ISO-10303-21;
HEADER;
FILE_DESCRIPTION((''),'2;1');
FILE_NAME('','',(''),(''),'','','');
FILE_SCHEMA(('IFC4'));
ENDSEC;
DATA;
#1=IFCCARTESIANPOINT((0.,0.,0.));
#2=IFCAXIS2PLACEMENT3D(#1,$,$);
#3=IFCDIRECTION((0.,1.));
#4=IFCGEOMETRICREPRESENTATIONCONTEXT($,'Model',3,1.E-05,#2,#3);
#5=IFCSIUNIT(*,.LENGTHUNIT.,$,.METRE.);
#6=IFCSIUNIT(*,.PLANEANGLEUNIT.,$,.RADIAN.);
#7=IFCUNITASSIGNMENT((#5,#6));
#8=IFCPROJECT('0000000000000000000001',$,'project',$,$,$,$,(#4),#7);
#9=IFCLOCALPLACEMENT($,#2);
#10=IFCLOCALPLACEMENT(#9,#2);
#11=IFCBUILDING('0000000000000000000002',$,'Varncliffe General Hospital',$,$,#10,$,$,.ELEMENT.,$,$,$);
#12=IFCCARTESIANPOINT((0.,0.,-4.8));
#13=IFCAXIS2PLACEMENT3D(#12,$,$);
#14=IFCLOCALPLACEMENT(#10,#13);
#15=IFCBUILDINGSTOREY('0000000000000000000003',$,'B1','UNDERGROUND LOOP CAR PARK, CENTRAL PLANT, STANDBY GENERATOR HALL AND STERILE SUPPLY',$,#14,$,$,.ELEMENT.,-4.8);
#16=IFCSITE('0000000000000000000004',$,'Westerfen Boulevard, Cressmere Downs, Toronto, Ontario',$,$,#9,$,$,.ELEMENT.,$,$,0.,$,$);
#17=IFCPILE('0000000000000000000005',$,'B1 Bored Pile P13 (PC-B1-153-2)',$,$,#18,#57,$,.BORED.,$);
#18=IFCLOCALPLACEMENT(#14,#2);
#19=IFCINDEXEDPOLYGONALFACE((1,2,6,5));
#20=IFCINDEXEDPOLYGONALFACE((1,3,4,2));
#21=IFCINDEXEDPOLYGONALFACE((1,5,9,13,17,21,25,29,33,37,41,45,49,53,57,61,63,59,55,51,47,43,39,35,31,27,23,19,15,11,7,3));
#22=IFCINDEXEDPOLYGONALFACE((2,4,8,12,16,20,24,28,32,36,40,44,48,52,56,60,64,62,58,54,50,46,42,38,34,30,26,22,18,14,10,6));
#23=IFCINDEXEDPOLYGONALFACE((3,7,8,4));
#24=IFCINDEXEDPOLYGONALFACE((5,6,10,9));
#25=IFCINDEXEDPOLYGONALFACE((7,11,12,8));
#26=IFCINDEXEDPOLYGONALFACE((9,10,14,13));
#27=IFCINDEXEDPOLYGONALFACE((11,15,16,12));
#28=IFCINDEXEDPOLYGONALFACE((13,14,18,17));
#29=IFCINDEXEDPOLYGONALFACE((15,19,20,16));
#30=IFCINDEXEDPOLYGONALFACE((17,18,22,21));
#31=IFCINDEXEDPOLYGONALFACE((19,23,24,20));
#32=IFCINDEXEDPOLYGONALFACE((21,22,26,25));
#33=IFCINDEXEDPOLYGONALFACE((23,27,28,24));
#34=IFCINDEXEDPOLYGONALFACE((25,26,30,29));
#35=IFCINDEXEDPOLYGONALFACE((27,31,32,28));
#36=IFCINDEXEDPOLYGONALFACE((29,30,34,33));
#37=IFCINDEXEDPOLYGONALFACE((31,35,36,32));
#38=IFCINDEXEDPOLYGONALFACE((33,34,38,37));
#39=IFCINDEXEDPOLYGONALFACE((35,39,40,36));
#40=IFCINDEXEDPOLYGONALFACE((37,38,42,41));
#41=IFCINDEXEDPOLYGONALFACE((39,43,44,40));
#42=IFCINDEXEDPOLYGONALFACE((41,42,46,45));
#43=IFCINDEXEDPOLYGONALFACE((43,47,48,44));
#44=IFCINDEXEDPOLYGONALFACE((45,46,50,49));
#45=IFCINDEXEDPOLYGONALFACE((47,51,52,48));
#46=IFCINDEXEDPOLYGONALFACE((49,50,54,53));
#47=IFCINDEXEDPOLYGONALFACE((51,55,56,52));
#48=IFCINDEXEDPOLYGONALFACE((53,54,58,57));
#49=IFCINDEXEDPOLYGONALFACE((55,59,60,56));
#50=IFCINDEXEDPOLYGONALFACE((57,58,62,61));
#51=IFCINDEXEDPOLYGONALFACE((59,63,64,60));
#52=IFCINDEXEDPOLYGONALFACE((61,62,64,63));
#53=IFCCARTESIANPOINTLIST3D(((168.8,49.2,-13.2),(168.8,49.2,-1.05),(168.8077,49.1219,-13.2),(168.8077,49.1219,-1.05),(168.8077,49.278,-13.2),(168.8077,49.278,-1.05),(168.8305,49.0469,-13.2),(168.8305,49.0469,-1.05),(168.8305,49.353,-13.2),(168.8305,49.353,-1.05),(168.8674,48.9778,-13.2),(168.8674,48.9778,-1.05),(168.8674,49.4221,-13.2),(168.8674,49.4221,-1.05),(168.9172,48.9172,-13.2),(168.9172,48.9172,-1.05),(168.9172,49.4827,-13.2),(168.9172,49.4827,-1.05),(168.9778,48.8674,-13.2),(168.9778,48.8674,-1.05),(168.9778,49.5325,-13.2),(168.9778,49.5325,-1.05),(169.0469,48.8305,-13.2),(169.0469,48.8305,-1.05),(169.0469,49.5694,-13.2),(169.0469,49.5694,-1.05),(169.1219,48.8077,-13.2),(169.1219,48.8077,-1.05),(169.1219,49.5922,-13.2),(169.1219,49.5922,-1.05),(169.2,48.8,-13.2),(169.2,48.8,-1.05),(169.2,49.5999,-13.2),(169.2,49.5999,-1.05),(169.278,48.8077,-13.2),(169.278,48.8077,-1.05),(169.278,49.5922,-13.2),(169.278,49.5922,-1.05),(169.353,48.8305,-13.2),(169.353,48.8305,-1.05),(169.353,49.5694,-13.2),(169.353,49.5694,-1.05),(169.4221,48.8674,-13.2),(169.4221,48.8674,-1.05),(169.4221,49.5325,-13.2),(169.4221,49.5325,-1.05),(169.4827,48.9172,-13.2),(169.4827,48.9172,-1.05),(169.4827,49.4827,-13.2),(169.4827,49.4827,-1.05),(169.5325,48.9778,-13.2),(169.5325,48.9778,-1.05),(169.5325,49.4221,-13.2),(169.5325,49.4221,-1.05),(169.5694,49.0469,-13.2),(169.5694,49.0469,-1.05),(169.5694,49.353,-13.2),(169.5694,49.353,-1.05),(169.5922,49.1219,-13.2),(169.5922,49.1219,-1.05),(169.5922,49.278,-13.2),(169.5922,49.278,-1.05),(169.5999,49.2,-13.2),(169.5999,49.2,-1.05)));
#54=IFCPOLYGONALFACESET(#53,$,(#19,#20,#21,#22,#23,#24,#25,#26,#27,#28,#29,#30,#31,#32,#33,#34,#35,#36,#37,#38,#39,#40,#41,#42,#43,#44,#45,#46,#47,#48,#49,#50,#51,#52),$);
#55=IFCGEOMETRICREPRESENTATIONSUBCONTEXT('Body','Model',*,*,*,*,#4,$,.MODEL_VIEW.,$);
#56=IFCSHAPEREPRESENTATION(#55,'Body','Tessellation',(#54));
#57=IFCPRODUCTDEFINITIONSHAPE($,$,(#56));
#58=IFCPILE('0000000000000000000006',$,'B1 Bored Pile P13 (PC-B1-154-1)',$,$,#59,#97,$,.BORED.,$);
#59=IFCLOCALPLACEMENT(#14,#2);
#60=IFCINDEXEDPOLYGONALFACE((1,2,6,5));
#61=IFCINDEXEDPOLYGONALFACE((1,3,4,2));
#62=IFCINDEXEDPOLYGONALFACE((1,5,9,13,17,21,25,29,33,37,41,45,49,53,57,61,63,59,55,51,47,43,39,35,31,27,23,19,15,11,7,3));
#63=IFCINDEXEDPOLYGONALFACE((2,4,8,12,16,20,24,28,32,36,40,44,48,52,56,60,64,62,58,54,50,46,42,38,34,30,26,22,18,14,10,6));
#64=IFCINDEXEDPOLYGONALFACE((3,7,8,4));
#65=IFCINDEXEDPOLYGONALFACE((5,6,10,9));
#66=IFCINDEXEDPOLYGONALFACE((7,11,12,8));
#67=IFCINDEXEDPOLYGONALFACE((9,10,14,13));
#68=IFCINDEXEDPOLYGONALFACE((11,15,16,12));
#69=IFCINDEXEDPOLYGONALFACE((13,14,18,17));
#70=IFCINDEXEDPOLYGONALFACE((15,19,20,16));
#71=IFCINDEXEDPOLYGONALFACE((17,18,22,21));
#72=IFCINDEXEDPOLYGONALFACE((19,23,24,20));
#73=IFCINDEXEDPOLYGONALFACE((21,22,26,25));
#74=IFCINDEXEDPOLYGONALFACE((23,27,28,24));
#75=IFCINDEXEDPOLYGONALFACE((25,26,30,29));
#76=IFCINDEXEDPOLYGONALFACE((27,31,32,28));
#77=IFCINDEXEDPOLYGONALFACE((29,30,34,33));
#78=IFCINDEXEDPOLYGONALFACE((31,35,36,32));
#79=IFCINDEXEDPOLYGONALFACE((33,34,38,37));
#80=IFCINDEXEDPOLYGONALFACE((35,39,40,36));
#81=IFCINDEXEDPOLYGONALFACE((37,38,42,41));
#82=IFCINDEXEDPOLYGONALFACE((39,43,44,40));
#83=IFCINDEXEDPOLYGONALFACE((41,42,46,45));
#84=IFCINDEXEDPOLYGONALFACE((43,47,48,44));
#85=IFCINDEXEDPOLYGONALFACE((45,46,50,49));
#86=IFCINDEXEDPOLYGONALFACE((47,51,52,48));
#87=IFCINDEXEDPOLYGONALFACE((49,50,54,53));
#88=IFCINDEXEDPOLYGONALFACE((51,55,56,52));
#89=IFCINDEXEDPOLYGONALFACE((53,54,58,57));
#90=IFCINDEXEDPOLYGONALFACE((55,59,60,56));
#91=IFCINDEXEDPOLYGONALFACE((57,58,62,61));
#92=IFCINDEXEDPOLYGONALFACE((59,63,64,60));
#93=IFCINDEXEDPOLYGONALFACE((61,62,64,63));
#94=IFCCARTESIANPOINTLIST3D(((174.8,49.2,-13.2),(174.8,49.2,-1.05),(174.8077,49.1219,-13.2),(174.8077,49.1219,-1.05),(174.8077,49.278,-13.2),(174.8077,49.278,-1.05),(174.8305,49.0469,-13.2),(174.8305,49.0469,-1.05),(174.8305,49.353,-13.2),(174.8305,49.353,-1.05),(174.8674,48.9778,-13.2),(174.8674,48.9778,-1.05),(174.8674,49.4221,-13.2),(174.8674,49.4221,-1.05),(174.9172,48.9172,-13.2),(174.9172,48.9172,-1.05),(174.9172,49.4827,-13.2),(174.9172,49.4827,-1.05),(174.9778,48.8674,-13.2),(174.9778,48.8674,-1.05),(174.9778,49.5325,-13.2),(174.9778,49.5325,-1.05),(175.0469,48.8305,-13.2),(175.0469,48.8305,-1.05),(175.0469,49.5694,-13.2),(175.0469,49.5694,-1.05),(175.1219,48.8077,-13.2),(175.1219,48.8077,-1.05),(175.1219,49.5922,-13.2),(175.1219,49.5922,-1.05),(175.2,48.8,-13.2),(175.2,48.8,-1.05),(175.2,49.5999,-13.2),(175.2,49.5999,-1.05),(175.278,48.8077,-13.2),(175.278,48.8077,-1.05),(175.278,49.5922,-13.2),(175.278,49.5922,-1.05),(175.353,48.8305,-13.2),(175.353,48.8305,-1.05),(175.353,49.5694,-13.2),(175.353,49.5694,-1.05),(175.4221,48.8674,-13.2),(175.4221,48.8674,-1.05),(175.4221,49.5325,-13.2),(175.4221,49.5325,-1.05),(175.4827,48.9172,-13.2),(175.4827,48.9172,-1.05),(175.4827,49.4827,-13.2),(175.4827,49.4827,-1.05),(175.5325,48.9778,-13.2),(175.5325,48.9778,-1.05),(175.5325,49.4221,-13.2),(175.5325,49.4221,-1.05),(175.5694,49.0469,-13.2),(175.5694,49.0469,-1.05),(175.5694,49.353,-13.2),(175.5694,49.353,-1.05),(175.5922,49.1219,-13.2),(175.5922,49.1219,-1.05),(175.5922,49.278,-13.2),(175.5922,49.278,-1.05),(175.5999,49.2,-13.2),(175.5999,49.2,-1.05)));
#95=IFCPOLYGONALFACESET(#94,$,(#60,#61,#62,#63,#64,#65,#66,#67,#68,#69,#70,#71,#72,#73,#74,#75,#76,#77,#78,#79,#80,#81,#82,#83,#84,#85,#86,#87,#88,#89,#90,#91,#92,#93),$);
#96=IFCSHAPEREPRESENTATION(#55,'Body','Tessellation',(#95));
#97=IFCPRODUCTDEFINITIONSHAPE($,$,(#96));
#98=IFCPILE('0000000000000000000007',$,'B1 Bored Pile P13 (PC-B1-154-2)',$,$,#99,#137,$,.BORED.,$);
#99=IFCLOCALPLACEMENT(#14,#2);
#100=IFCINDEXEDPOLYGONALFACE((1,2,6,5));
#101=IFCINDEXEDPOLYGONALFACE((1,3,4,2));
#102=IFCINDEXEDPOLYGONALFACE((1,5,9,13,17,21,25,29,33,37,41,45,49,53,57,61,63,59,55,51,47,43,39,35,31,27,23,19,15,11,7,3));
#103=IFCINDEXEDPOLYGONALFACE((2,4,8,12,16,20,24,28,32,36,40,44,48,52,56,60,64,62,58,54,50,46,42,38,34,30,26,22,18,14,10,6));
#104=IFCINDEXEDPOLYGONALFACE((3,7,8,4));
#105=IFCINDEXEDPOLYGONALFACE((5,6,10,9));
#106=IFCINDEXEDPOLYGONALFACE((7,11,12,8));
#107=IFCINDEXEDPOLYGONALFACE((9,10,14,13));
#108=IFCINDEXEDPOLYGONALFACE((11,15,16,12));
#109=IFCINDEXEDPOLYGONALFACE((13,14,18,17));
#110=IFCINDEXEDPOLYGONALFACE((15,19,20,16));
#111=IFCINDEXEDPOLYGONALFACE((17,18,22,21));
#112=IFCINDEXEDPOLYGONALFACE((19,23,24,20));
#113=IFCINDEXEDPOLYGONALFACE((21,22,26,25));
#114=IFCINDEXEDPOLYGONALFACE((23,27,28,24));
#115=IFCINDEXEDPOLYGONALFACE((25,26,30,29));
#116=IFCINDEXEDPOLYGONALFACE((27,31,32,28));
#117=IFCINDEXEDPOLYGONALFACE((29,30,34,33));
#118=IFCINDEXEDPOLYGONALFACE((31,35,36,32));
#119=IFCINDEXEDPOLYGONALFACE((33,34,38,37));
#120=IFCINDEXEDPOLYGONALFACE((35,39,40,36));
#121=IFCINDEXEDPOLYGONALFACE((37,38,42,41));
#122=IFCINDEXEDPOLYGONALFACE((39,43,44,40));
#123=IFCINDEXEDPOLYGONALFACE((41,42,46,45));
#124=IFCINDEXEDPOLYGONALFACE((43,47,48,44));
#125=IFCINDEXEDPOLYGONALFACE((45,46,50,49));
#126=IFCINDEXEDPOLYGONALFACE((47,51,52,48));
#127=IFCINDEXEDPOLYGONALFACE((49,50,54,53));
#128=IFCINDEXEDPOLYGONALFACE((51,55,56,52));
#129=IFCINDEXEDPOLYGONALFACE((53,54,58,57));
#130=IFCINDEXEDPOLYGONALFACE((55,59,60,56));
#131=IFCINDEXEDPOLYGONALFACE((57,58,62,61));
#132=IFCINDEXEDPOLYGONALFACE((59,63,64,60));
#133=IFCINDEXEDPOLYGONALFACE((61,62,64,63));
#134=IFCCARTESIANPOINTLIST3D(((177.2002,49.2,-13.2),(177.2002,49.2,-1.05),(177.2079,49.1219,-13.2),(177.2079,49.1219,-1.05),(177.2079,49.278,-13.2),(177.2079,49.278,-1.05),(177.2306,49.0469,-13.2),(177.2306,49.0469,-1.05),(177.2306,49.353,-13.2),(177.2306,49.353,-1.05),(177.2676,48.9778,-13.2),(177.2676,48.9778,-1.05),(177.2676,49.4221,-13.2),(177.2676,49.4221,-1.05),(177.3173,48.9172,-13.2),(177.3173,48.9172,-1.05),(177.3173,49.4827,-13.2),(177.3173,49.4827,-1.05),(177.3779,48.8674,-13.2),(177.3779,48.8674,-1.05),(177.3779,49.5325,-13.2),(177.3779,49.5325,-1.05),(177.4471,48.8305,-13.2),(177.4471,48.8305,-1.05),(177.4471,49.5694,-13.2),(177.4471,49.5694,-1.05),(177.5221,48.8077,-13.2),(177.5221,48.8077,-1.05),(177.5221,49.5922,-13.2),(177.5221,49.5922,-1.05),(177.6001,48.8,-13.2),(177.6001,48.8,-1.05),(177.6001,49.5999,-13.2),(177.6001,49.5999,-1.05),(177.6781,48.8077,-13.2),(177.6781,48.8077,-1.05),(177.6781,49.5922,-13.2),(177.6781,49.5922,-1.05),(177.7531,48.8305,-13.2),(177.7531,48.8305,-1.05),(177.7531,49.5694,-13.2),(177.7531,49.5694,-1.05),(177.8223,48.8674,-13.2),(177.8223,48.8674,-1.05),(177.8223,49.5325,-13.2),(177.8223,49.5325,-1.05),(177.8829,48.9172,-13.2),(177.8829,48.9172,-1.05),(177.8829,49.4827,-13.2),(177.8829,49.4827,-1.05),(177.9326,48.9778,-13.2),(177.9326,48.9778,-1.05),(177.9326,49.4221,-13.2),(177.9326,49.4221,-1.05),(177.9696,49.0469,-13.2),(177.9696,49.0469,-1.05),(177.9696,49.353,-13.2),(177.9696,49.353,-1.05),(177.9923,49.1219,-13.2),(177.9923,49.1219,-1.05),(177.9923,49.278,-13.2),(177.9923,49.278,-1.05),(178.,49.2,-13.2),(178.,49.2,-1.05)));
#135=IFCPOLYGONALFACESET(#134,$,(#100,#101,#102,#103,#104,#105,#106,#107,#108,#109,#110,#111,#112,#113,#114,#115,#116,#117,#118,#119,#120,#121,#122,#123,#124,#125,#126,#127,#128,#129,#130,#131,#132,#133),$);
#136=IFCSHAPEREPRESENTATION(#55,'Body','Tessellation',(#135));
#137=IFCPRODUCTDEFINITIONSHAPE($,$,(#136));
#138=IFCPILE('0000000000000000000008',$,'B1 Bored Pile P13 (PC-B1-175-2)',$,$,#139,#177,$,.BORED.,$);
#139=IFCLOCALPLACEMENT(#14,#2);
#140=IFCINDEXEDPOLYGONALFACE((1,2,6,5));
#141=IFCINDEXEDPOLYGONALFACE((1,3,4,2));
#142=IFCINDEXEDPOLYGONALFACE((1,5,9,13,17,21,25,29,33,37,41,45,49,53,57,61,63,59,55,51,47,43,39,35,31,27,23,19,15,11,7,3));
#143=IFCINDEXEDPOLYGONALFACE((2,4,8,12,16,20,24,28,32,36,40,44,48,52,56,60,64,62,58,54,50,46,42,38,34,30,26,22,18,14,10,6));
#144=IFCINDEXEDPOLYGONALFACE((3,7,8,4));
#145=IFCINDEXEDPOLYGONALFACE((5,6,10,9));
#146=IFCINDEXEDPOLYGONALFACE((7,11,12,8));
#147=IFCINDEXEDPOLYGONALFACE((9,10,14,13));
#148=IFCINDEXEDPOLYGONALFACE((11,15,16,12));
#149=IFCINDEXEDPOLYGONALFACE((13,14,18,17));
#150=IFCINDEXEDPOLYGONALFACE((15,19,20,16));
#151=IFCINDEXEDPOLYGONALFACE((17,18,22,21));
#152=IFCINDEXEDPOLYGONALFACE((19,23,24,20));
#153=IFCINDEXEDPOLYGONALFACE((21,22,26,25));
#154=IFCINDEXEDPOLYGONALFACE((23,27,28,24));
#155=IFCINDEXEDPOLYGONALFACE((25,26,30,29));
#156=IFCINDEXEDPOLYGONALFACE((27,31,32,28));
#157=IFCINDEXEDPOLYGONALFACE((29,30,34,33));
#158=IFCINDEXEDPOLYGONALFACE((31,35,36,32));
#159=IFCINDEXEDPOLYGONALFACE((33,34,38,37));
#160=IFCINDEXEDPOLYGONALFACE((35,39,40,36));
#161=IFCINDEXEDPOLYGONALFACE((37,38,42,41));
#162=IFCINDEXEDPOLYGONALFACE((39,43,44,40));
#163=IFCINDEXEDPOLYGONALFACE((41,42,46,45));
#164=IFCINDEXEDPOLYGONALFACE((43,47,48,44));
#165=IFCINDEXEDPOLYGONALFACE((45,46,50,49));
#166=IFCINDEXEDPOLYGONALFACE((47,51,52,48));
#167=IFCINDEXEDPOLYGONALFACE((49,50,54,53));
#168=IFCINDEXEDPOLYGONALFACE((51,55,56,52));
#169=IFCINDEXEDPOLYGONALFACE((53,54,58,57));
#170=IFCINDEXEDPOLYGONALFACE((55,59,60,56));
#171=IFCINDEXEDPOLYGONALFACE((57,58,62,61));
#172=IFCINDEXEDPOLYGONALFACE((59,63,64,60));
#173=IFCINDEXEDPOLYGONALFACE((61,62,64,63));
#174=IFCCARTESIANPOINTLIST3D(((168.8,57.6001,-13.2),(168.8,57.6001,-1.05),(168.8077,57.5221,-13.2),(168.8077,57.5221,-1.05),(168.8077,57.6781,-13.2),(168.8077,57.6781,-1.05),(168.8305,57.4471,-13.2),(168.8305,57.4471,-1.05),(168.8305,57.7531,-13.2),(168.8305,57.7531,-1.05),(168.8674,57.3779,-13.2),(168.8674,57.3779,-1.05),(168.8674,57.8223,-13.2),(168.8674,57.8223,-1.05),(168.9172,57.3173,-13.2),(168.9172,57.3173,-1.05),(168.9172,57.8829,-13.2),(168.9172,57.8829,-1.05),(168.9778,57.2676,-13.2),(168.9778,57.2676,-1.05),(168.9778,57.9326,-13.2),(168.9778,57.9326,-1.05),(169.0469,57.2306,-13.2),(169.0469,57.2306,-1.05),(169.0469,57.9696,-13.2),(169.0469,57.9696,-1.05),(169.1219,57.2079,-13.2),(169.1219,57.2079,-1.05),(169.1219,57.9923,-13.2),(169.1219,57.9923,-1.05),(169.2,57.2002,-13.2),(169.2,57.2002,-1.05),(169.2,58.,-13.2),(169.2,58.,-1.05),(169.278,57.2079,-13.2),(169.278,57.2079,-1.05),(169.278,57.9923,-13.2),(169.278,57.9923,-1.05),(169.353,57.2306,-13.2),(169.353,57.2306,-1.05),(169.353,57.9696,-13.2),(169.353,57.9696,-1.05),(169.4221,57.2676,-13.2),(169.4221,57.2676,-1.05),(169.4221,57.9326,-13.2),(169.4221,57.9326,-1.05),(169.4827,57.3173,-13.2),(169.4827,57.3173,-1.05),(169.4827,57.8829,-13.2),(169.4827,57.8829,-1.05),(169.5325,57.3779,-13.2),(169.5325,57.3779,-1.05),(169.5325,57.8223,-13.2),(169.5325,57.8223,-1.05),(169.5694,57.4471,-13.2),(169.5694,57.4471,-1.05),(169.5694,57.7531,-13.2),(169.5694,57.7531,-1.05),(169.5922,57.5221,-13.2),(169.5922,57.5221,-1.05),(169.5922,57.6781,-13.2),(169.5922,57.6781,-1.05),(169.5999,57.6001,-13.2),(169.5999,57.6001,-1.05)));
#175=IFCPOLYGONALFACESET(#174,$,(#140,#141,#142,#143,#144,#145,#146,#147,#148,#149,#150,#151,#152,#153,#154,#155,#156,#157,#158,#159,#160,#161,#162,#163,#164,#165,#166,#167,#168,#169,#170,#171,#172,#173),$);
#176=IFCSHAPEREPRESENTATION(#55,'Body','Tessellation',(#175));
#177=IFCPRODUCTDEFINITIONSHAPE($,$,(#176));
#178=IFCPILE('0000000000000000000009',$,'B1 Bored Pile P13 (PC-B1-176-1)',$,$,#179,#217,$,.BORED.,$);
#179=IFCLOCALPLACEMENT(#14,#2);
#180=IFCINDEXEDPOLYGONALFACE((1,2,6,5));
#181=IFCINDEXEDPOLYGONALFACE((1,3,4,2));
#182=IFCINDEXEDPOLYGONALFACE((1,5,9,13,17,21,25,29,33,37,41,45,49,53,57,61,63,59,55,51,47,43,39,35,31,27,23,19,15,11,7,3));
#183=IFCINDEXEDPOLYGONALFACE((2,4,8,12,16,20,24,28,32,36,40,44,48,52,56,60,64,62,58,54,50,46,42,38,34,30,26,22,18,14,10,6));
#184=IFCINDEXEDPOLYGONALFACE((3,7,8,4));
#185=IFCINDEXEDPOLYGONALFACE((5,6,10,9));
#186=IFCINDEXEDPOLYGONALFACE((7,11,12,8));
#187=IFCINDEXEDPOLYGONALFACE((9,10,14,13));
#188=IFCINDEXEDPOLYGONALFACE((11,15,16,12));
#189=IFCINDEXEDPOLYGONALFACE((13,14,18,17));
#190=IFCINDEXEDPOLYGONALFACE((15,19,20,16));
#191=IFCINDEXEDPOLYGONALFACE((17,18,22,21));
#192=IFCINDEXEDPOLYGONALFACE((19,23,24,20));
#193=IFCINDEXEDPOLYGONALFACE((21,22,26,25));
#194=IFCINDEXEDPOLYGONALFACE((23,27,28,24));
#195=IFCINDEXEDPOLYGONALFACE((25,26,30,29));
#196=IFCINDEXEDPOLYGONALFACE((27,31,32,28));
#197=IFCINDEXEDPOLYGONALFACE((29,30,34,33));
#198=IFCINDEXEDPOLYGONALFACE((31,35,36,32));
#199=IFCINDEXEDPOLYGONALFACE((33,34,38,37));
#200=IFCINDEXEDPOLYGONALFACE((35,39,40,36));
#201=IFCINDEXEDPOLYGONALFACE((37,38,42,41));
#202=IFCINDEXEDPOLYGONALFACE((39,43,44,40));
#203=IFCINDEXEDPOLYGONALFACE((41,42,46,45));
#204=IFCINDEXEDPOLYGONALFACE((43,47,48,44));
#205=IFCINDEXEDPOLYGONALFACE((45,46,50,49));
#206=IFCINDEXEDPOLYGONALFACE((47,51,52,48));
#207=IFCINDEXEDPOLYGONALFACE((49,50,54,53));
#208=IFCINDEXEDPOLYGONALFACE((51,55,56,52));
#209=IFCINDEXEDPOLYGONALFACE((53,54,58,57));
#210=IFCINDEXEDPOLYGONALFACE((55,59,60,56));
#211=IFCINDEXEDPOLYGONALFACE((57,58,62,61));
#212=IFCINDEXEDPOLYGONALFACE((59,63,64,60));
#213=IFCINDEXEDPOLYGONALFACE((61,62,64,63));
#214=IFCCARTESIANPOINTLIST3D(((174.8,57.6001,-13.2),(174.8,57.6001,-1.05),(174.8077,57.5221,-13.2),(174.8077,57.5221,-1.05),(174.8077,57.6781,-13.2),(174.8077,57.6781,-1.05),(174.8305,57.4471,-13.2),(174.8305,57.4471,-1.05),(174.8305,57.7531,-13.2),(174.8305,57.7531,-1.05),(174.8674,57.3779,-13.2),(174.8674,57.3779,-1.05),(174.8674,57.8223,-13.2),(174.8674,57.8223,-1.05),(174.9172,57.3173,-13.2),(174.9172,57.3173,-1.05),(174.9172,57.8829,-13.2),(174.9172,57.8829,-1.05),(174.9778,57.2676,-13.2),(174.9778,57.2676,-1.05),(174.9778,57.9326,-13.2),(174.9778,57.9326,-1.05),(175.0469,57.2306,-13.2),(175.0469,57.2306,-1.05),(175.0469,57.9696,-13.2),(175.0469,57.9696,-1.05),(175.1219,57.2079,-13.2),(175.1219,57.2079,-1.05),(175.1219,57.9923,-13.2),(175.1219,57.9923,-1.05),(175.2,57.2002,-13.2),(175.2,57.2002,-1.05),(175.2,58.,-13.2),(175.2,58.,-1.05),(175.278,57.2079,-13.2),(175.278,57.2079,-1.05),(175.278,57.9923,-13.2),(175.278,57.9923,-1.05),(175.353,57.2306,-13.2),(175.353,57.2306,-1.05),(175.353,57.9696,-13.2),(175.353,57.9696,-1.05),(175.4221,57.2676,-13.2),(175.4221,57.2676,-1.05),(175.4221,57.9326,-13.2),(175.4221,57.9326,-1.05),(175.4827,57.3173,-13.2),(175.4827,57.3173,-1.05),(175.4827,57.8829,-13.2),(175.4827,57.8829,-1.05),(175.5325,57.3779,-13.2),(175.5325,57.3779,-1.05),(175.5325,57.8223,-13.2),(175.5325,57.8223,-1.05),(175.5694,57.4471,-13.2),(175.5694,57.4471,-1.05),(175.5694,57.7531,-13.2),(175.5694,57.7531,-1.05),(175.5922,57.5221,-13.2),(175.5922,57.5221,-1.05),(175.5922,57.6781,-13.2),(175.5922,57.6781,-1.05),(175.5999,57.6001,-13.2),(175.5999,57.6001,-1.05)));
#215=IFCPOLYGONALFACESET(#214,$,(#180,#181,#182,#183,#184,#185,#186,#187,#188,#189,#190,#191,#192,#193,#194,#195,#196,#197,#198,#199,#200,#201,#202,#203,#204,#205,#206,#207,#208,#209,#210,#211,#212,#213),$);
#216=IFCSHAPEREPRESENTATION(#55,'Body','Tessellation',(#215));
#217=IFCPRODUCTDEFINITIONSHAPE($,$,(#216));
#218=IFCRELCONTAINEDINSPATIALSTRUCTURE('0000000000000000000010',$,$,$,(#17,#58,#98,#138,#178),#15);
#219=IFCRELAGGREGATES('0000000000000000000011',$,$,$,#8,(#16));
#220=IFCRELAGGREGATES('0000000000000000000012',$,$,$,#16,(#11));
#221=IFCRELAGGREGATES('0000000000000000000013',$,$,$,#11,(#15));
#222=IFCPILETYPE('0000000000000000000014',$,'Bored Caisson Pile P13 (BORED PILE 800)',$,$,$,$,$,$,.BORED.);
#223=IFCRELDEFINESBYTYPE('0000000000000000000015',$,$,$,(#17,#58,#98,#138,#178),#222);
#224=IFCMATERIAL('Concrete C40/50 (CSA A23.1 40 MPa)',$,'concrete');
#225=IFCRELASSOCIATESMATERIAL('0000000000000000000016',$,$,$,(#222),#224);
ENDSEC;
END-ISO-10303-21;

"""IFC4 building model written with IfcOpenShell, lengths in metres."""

from ifc_helpers import new_model, si_unit, direction, frame, origin, origin_2d, place, context, subcontext, project, spatial, circle, extrude, material, material_profile, profile_set, type_object, element, save


model = new_model("IFC4")

# Units and contexts
model_context = context("Model", 3, precision=1e-05, world=origin(), true_north=direction((0.0, 1.0)))
body_context = subcontext(model_context, "Body", "Model", "MODEL_VIEW")
ifc_project = project(units=[si_unit("LENGTHUNIT", "METRE"), si_unit("PLANEANGLEUNIT", "RADIAN")], contexts=[model_context])

# Site, building, storey
site_placement = place(None, origin())
site = spatial("IfcSite", under=ifc_project, at=site_placement, Name="Westerfen Boulevard, Cressmere Downs, Toronto, Ontario", CompositionType="ELEMENT", RefElevation=0.0)
building_placement = place(site_placement, origin())
building = spatial("IfcBuilding", under=site, at=building_placement, Name="Varncliffe General Hospital", CompositionType="ELEMENT")
storey_placement = place(building_placement, frame((0.0, 0.0, -4.8)))
storey = spatial("IfcBuildingStorey", under=building, at=storey_placement, Name="B1", Description="UNDERGROUND LOOP CAR PARK, CENTRAL PLANT, STANDBY GENERATOR HALL AND STERILE SUPPLY", CompositionType="ELEMENT", Elevation=-4.8)

# Piles
ifc_material_1 = material(Name="Concrete C40/50 (CSA A23.1 40 MPa)", Category="concrete")
ifc_material_profile_1 = material_profile(ifc_material_1, circle(Radius=0.3999, at=origin_2d()), Name="BORED PILE 800")
ifc_profile_set_1 = profile_set([ifc_material_profile_1], Name="Concrete C40/50 (CSA A23.1 40 MPa)")
pile_type = type_object("IfcPileType", Name="Bored Caisson Pile P13 (BORED PILE 800)", PredefinedType="BORED", material=ifc_profile_set_1)
for number, where, z_axis, x_axis, name in (
    (1, (169.2, 49.2, -1.05), (0.0, 0.0, -1.0), (1.0, 0.0, 0.0), "B1 Bored Pile P13 (PC-B1-153-2)"),
    (2, (175.2, 49.2, -1.05), (0.0, 0.0, -1.0), (1.0, 0.0, 0.0), "B1 Bored Pile P13 (PC-B1-154-1)"),
    (3, (177.6001, 49.2, -1.05), (0.0, 0.0, -1.0), (1.0, 0.0, 0.0), "B1 Bored Pile P13 (PC-B1-154-2)"),
    (4, (169.2, 57.6001, -1.05), (0.0, 0.0, -1.0), (1.0, 0.0, 0.0), "B1 Bored Pile P13 (PC-B1-175-2)"),
    (5, (175.2, 57.6001, -1.05), (0.0, 0.0, -1.0), (1.0, 0.0, 0.0), "B1 Bored Pile P13 (PC-B1-176-1)"),
):
    element("IfcPile", number, at=place(storey_placement, frame(where, z_axis=z_axis, x_axis=x_axis)), inside=storey, type_object=pile_type, Name=name, PredefinedType="BORED", context=body_context, shape_type="SweptSolid", body=[
        extrude(circle(Radius=0.3999, at=origin_2d()), origin(), (0.0, 0.0, 1.0), 12.1499),
    ])

save(model, "model.ifc")
